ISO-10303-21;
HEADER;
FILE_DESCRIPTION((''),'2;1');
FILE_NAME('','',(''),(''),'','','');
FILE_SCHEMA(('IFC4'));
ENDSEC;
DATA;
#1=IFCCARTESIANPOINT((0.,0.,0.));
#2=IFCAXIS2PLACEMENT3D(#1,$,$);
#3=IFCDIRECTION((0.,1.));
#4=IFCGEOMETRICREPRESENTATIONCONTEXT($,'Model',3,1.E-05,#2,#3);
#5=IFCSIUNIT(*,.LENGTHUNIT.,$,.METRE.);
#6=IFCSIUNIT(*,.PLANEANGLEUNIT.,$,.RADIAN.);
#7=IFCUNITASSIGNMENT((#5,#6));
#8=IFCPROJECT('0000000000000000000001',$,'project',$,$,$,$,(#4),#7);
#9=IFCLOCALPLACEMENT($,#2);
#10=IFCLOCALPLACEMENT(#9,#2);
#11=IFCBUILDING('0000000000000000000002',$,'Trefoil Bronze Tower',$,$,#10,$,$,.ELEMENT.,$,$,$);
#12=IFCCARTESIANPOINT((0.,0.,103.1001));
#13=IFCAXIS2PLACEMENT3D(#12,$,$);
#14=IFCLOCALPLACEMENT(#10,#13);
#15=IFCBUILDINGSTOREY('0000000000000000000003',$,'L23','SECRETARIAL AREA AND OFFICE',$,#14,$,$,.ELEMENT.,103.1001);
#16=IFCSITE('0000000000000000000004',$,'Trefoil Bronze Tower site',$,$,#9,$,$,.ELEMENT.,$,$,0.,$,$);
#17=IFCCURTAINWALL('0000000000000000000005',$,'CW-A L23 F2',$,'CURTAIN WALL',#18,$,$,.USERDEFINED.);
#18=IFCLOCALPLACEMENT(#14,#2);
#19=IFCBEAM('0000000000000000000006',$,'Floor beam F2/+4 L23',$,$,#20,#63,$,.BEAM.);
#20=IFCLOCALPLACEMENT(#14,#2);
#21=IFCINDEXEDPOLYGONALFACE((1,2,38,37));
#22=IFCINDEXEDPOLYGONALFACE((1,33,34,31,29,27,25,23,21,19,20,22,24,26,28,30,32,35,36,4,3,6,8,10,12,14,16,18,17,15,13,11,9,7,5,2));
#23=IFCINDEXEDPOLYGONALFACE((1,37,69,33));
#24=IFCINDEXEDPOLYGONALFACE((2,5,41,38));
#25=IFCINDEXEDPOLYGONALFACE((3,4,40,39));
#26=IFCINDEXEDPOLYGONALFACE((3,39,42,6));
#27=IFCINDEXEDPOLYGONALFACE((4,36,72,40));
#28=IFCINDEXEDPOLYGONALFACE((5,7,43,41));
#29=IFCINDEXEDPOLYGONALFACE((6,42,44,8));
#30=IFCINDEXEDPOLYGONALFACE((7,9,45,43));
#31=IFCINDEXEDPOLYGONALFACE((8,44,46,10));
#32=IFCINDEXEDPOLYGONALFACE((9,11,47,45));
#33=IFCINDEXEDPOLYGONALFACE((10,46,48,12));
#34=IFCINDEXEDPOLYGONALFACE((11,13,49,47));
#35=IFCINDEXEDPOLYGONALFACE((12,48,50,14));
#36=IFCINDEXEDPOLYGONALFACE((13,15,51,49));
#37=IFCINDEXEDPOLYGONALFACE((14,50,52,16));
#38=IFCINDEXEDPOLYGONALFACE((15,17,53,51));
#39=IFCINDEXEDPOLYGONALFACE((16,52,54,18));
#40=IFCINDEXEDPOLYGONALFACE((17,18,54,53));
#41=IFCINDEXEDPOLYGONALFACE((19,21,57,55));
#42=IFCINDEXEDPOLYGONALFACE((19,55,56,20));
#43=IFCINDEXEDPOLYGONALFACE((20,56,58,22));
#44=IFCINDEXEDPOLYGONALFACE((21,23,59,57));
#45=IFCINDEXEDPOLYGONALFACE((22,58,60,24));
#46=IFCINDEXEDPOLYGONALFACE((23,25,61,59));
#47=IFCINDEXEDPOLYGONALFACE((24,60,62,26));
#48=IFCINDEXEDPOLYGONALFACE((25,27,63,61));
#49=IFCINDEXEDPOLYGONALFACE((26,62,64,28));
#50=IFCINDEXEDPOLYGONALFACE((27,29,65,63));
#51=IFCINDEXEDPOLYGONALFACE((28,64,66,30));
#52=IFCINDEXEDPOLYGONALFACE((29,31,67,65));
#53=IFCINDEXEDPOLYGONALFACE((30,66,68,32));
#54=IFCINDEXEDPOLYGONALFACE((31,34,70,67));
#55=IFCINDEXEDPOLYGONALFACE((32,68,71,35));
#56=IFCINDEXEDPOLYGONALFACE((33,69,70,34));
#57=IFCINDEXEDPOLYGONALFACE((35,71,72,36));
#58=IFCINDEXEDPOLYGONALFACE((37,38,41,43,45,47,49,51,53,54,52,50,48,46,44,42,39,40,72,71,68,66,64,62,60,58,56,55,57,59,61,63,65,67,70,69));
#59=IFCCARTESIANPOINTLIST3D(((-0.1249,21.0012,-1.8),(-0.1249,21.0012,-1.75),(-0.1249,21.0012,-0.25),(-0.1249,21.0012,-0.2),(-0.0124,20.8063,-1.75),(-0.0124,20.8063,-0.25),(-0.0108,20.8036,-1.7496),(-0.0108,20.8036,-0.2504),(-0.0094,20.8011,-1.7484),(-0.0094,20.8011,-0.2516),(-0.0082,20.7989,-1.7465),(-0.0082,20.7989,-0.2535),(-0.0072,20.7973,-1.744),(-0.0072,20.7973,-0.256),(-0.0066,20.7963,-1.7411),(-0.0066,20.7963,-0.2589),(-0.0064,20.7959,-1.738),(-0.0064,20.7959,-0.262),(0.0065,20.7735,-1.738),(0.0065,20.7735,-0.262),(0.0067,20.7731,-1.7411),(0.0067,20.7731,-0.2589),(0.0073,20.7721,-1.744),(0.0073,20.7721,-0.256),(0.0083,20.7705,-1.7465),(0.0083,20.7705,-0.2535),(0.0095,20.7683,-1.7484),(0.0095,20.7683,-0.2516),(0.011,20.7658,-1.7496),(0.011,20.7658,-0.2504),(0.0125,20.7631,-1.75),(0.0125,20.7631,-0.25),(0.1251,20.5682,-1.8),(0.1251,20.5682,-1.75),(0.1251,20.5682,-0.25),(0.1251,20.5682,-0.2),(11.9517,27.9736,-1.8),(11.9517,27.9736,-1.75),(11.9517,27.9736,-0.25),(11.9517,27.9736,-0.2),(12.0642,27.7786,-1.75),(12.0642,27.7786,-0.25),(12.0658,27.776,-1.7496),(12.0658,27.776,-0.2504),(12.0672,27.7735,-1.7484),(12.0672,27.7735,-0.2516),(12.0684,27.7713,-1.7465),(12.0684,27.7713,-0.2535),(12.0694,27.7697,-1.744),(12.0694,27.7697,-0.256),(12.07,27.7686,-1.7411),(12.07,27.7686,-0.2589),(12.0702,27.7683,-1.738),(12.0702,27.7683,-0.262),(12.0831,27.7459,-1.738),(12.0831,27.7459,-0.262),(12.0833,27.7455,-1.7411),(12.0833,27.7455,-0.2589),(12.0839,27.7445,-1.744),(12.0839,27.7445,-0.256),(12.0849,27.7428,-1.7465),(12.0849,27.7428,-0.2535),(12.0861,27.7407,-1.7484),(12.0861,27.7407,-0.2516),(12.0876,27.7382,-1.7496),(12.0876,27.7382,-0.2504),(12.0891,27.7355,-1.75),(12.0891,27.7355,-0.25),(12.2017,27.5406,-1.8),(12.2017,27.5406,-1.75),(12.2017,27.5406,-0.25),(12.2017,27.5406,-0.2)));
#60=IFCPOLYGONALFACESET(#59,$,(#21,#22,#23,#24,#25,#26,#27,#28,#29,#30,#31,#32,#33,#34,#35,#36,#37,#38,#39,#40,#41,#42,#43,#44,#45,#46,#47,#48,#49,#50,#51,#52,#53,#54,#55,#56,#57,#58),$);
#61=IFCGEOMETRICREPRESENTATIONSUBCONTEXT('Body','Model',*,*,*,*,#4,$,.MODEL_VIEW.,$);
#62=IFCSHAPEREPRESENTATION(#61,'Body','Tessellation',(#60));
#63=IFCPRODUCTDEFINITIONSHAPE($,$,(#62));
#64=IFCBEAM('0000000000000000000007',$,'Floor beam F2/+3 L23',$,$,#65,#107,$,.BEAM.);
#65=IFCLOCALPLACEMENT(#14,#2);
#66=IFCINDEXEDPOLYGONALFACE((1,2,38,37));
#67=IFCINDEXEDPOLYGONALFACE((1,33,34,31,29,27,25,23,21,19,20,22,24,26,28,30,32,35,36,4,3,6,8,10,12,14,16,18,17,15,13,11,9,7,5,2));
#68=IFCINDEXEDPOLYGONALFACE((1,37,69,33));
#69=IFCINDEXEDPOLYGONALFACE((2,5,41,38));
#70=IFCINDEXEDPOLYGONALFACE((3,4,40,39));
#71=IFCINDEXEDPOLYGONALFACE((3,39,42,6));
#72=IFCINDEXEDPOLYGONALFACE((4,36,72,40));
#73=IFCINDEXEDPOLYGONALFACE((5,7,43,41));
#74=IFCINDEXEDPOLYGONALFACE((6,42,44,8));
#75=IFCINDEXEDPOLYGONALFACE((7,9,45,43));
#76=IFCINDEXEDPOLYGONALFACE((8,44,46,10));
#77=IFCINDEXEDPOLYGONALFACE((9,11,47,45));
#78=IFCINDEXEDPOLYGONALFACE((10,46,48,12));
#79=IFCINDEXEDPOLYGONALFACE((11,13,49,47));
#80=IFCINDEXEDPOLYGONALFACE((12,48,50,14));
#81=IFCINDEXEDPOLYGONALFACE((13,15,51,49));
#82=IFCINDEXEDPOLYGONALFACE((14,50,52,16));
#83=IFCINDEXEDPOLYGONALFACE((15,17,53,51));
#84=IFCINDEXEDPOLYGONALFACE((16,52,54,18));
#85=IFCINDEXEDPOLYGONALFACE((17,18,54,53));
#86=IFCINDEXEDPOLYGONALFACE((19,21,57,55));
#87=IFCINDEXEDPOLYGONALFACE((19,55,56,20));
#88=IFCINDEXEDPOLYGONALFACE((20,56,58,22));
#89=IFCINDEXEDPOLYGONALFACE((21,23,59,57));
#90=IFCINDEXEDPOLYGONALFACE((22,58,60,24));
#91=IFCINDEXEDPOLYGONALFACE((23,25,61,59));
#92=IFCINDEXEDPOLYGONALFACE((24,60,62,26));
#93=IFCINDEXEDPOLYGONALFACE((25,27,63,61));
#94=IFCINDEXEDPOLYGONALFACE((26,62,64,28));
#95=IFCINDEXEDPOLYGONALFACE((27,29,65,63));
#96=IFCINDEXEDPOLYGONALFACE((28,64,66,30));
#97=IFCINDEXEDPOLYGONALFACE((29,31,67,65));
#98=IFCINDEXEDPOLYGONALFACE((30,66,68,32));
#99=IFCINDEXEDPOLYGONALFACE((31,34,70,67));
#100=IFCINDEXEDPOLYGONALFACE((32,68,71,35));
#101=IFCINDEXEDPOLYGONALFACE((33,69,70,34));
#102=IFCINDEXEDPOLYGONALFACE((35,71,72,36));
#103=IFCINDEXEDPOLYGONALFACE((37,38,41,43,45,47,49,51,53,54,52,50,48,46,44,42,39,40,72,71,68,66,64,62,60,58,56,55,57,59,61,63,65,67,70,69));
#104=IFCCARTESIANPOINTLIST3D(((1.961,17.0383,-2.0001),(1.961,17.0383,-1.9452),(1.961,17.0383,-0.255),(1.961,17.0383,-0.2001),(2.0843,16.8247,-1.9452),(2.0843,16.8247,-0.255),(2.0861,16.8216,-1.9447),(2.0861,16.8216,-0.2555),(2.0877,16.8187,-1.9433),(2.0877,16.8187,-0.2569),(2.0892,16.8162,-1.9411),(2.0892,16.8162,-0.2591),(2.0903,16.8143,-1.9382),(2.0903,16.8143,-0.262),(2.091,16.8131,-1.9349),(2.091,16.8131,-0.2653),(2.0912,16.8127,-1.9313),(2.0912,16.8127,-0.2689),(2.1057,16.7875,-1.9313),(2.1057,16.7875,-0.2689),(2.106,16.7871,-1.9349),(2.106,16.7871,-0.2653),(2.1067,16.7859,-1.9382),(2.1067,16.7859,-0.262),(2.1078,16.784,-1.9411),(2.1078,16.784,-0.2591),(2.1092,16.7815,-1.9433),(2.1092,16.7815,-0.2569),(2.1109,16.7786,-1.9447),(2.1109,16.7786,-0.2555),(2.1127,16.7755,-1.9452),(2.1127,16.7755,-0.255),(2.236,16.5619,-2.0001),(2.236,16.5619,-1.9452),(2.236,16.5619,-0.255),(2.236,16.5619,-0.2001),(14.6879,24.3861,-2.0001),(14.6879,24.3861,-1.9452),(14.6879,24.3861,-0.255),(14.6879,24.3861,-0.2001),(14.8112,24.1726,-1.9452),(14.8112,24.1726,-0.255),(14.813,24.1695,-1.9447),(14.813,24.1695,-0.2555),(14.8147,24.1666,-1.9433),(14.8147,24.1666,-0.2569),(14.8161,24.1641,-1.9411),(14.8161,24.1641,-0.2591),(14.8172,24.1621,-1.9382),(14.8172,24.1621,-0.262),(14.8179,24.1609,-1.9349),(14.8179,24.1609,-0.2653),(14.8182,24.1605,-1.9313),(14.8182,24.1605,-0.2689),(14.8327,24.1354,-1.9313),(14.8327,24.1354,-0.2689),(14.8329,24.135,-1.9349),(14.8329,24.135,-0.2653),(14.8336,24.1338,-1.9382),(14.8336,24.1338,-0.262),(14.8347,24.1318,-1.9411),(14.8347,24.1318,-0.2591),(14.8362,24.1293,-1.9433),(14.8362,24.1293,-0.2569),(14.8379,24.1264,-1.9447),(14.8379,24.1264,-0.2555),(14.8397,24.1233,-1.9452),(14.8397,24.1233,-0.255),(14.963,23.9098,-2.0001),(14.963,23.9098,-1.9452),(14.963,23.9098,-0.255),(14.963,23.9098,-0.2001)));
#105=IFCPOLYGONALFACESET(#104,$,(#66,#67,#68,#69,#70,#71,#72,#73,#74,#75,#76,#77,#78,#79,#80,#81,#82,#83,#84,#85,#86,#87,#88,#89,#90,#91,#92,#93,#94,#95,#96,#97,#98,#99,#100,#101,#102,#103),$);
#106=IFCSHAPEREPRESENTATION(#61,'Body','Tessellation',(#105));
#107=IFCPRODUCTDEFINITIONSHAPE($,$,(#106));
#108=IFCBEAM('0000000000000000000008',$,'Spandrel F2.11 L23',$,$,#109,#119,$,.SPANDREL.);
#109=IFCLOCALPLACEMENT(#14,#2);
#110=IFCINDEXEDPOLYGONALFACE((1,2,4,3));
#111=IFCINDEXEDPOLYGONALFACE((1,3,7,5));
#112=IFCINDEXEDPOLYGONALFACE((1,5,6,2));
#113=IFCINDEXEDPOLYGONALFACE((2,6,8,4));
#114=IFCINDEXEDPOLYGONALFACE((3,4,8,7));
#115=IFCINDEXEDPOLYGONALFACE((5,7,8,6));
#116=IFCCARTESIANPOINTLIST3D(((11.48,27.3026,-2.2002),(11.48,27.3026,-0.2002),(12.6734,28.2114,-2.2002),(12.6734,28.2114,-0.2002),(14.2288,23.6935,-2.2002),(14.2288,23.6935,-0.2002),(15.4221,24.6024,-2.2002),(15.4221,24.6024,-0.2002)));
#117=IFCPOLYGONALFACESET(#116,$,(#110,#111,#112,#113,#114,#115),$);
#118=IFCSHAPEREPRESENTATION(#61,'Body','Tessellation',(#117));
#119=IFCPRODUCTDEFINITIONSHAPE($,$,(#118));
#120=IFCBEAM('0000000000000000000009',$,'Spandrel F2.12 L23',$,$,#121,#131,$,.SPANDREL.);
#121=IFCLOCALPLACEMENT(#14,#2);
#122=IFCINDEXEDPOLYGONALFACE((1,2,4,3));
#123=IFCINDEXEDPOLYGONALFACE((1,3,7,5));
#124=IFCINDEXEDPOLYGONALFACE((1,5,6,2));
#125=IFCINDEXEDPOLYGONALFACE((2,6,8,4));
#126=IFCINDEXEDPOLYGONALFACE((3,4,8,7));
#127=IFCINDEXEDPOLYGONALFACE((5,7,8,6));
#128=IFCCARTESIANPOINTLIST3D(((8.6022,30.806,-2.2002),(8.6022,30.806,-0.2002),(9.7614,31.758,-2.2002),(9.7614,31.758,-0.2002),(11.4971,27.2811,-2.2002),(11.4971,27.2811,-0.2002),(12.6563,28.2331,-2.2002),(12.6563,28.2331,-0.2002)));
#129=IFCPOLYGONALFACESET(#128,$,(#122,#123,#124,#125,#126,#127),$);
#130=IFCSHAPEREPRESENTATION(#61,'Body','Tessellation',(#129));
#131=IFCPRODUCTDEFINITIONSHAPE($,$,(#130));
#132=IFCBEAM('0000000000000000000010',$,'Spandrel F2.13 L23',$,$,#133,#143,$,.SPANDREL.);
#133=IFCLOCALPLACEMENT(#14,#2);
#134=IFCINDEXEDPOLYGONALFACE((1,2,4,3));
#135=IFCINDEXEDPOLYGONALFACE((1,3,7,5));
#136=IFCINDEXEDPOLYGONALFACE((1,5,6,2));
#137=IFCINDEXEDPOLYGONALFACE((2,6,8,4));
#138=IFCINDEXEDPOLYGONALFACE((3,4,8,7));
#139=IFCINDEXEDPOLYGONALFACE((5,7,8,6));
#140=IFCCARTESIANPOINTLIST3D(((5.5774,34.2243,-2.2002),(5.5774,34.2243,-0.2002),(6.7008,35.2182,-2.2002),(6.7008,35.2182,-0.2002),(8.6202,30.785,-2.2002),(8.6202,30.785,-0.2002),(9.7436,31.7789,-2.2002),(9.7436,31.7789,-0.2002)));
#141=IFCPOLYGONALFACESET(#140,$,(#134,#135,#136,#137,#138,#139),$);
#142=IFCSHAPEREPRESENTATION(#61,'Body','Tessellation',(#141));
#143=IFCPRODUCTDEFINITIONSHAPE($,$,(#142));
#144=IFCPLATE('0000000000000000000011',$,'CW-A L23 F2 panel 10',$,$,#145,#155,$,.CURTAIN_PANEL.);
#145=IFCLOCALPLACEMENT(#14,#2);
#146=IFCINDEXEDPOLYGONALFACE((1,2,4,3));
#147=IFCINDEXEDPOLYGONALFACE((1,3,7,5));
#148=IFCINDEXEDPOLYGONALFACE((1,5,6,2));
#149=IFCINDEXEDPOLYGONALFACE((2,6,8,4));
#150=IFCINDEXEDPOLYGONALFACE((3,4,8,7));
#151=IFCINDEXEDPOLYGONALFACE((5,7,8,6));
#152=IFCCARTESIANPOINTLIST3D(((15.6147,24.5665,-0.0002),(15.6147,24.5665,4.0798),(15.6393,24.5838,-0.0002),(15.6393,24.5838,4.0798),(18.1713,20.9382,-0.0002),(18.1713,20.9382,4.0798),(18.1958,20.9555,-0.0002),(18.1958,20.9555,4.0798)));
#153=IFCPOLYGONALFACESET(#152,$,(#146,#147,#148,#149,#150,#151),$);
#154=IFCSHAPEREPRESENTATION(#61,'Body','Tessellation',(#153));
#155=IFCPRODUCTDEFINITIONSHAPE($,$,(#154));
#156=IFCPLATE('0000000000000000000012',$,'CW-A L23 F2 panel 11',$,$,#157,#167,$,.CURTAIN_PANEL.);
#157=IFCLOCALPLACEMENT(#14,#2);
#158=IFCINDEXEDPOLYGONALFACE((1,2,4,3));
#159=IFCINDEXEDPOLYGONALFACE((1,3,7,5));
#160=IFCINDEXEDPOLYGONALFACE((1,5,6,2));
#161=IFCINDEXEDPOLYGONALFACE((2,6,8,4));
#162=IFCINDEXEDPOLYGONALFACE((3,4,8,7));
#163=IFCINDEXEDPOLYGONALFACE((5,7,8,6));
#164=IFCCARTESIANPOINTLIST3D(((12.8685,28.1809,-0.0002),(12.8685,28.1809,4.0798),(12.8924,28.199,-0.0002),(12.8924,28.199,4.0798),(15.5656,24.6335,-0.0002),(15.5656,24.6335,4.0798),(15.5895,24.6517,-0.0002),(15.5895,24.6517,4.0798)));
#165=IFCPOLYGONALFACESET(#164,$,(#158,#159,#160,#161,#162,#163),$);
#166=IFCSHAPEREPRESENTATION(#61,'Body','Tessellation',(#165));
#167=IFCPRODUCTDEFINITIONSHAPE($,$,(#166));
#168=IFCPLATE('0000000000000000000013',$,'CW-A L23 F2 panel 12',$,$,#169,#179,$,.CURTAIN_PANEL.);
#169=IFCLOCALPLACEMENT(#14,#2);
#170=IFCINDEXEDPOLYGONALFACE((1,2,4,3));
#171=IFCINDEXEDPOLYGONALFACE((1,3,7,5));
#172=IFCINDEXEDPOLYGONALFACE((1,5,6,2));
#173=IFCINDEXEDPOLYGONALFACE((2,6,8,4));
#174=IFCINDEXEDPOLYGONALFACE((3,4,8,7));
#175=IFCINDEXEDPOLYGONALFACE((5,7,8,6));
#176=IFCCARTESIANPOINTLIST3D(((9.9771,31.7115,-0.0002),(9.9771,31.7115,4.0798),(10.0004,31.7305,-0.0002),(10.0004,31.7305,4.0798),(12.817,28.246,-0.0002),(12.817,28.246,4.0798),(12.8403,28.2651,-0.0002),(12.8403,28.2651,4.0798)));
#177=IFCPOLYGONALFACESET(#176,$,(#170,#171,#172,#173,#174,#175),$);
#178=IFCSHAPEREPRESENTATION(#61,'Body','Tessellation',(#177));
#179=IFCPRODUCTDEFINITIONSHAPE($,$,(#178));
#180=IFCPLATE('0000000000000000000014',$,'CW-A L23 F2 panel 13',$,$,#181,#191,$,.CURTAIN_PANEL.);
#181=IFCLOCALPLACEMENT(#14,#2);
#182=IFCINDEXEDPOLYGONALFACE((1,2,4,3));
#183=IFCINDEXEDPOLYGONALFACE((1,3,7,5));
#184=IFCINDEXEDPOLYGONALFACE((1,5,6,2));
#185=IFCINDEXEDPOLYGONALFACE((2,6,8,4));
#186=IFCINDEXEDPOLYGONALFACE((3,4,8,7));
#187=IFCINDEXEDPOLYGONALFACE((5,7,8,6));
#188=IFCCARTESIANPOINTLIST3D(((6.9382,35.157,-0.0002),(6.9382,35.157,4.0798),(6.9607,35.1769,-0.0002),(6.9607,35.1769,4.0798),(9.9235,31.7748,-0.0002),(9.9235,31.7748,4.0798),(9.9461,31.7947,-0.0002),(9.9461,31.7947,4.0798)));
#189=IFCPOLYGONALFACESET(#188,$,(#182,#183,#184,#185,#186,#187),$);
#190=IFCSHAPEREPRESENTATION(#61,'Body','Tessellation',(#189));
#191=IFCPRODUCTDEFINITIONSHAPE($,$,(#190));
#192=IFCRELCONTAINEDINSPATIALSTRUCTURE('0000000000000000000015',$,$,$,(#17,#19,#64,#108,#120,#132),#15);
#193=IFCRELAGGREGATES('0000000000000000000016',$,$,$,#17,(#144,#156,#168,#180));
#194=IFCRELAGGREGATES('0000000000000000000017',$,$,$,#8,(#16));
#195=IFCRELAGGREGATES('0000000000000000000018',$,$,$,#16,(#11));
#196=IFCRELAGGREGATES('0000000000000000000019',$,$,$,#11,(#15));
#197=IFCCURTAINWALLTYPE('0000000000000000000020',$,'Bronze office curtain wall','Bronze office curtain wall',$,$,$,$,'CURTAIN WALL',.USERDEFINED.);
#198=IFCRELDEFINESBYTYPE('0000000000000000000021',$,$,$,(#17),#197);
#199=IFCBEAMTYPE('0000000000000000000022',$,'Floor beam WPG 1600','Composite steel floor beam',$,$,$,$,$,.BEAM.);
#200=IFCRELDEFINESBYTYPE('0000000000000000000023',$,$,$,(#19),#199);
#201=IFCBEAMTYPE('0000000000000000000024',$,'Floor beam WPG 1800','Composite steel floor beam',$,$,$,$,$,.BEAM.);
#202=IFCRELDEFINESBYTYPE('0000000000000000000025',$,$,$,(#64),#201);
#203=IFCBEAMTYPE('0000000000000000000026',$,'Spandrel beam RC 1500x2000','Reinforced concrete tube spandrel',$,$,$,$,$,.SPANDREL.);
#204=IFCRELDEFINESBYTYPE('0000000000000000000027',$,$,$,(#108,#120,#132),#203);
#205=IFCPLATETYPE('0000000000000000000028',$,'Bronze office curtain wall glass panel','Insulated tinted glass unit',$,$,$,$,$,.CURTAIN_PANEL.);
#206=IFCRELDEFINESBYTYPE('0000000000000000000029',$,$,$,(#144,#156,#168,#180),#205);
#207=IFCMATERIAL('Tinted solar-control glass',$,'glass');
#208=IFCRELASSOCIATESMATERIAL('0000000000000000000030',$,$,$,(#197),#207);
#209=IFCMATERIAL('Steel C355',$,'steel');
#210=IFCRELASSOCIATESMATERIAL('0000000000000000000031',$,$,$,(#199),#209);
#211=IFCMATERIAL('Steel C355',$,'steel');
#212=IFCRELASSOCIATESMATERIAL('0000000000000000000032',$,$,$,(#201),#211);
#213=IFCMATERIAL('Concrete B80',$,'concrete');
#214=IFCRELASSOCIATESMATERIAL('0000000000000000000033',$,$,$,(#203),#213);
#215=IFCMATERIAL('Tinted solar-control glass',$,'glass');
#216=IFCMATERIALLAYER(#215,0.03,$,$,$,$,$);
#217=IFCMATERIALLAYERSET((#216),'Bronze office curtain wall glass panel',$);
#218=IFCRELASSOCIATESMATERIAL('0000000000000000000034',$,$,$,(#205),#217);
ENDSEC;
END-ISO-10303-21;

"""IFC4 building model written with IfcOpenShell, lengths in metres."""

from ifc_helpers import new_model, si_unit, direction, frame, origin, origin_2d, place, context, subcontext, project, spatial, rectangle, i_section, extrude, material, layer, layer_set, material_profile, profile_set, type_object, element, aggregate, save


model = new_model("IFC4")

# Units and contexts
model_context = context("Model", 3, precision=1e-05, world=origin(), true_north=direction((0.0, 1.0)))
body_context = subcontext(model_context, "Body", "Model", "MODEL_VIEW")
ifc_project = project(units=[si_unit("LENGTHUNIT", "METRE"), si_unit("PLANEANGLEUNIT", "RADIAN")], contexts=[model_context])

# Site, building, storey
site_placement = place(None, origin())
site = spatial("IfcSite", under=ifc_project, at=site_placement, Name="Trefoil Bronze Tower site", CompositionType="ELEMENT", RefElevation=0.0)
building_placement = place(site_placement, origin())
building = spatial("IfcBuilding", under=site, at=building_placement, Name="Trefoil Bronze Tower", CompositionType="ELEMENT")
storey_placement = place(building_placement, frame((0.0, 0.0, 103.1001)))
storey = spatial("IfcBuildingStorey", under=building, at=storey_placement, Name="L23", Description="SECRETARIAL AREA AND OFFICE", CompositionType="ELEMENT", Elevation=103.1001)

# Curtain wall
ifc_material_1 = material(Name="Tinted solar-control glass", Category="glass")
curtain_wall_type_1 = type_object("IfcCurtainWallType", Name="Bronze office curtain wall", Description="Bronze office curtain wall", ElementType="CURTAIN WALL", PredefinedType="USERDEFINED", material=ifc_material_1)
curtain_wall_1_placement = place(storey_placement, origin())
curtain_wall_1 = element("IfcCurtainWall", 1, at=curtain_wall_1_placement, inside=storey, type_object=curtain_wall_type_1, Name="CW-A L23 F2", ObjectType="CURTAIN WALL", PredefinedType="USERDEFINED")

# Beams
ifc_material_2 = material(Name="Steel C355", Category="steel")
ifc_material_profile_1 = material_profile(ifc_material_2, i_section(OverallWidth=0.5, OverallDepth=1.6001, WebThickness=0.0259, FlangeThickness=0.05, FilletRadius=0.012, at=origin_2d()), Name="WPG 1600")
ifc_profile_set_1 = profile_set([ifc_material_profile_1], Name="Steel C355")
beam_type_1 = type_object("IfcBeamType", Name="Floor beam WPG 1600", Description="Composite steel floor beam", PredefinedType="BEAM", material=ifc_profile_set_1)
beam_1_placement = place(storey_placement, frame((12.0767, 27.7571, -1.0), z_axis=(-0.866027, -0.499997, 0.0), x_axis=(0.499997, -0.866027, 0.0)))
element("IfcBeam", 2, at=beam_1_placement, inside=storey, type_object=beam_type_1, Name="Floor beam F2/+4 L23", PredefinedType="BEAM", context=body_context, shape_type="SweptSolid", body=[
    extrude(i_section(OverallWidth=0.5, OverallDepth=1.6001, WebThickness=0.0259, FlangeThickness=0.05, FilletRadius=0.012, at=origin_2d()), origin(), (0.0, 0.0, 1.0), 13.9448),
])
ifc_material_3 = material(Name="Steel C355", Category="steel")
ifc_material_profile_2 = material_profile(ifc_material_3, i_section(OverallWidth=0.55, OverallDepth=1.8, WebThickness=0.0291, FlangeThickness=0.0549, FilletRadius=0.0139, at=origin_2d()), Name="WPG 1800")
ifc_profile_set_2 = profile_set([ifc_material_profile_2], Name="Steel C355")
beam_type_2 = type_object("IfcBeamType", Name="Floor beam WPG 1800", Description="Composite steel floor beam", PredefinedType="BEAM", material=ifc_profile_set_2)
beam_2_placement = place(storey_placement, frame((14.8254, 24.1479, -1.1001), z_axis=(-0.866027, -0.499997, 0.0), x_axis=(0.499997, -0.866027, 0.0)))
element("IfcBeam", 3, at=beam_2_placement, inside=storey, type_object=beam_type_2, Name="Floor beam F2/+3 L23", PredefinedType="BEAM", context=body_context, shape_type="SweptSolid", body=[
    extrude(i_section(OverallWidth=0.55, OverallDepth=1.8, WebThickness=0.0291, FlangeThickness=0.0549, FilletRadius=0.0139, at=origin_2d()), origin(), (0.0, 0.0, 1.0), 14.6958),
])
ifc_material_4 = material(Name="Concrete B80", Category="concrete")
ifc_material_profile_3 = material_profile(ifc_material_4, rectangle(XDim=1.5, YDim=2.0, at=origin_2d()), Name="RC 1500x2000")
ifc_profile_set_3 = profile_set([ifc_material_profile_3], Name="Concrete B80")
beam_type_3 = type_object("IfcBeamType", Name="Spandrel beam RC 1500x2000", Description="Reinforced concrete tube spandrel", PredefinedType="SPANDREL", material=ifc_profile_set_3)
beam_3_placement = place(storey_placement, frame((14.8254, 24.1479, -1.2002), z_axis=(-0.605899, 0.795542, 0.0), x_axis=(-0.795542, -0.605899, 0.0)))
element("IfcBeam", 4, at=beam_3_placement, inside=storey, type_object=beam_type_3, Name="Spandrel F2.11 L23", PredefinedType="SPANDREL", context=body_context, shape_type="SweptSolid", body=[
    extrude(rectangle(XDim=1.5, YDim=2.0, at=origin_2d()), origin(), (0.0, 0.0, 1.0), 4.5366),
])
beam_4_placement = place(storey_placement, frame((12.0767, 27.7571, -1.2002), z_axis=(-0.63465, 0.772799, 0.0), x_axis=(-0.772799, -0.63465, 0.0)))
element("IfcBeam", 5, at=beam_4_placement, inside=storey, type_object=beam_type_3, Name="Spandrel F2.12 L23", PredefinedType="SPANDREL", context=body_context, shape_type="SweptSolid", body=[
    extrude(rectangle(XDim=1.5, YDim=2.0, at=origin_2d()), origin(), (0.0, 0.0, 1.0), 4.5613),
])
beam_5_placement = place(storey_placement, frame((9.1819, 31.282, -1.2002), z_axis=(-0.662616, 0.748959, 0.0), x_axis=(-0.748959, -0.662616, 0.0)))
element("IfcBeam", 6, at=beam_5_placement, inside=storey, type_object=beam_type_3, Name="Spandrel F2.13 L23", PredefinedType="SPANDREL", context=body_context, shape_type="SweptSolid", body=[
    extrude(rectangle(XDim=1.5, YDim=2.0, at=origin_2d()), origin(), (0.0, 0.0, 1.0), 4.592),
])

# Plates
ifc_material_5 = material(Name="Tinted solar-control glass", Category="glass")
ifc_layer_1 = layer(ifc_material_5, 0.03)
ifc_layer_set_1 = layer_set([ifc_layer_1], Name="Bronze office curtain wall glass panel")
plate_type_1 = type_object("IfcPlateType", Name="Bronze office curtain wall glass panel", Description="Insulated tinted glass unit", PredefinedType="CURTAIN_PANEL", material=ifc_layer_set_1)
plate_1_placement = place(storey_placement, frame((16.9053, 22.761, -0.0002), z_axis=(0.0, 0.0, 1.0), x_axis=(-0.575999, 0.81745, 0.0)))
plate_1 = element("IfcPlate", 7, at=plate_1_placement, type_object=plate_type_1, Name="CW-A L23 F2 panel 10", PredefinedType="CURTAIN_PANEL", context=body_context, shape_type="SweptSolid", body=[
    extrude(rectangle(XDim=4.4385, YDim=0.03, at=origin_2d()), origin(), (0.0, 0.0, 1.0), 4.0801),
])
plate_2_placement = place(storey_placement, frame((14.229, 26.4163, -0.0002), z_axis=(0.0, 0.0, 1.0), x_axis=(-0.605252, 0.796034, 0.0)))
plate_2 = element("IfcPlate", 8, at=plate_2_placement, type_object=plate_type_1, Name="CW-A L23 F2 panel 11", PredefinedType="CURTAIN_PANEL", context=body_context, shape_type="SweptSolid", body=[
    extrude(rectangle(XDim=4.4563, YDim=0.03, at=origin_2d()), origin(), (0.0, 0.0, 1.0), 4.0801),
])
plate_3_placement = place(storey_placement, frame((11.4087, 29.9883, -0.0002), z_axis=(0.0, 0.0, 1.0), x_axis=(-0.63384, 0.773464, 0.0)))
plate_3 = element("IfcPlate", 9, at=plate_3_placement, type_object=plate_type_1, Name="CW-A L23 F2 panel 12", PredefinedType="CURTAIN_PANEL", context=body_context, shape_type="SweptSolid", body=[
    extrude(rectangle(XDim=4.4805, YDim=0.03, at=origin_2d()), origin(), (0.0, 0.0, 1.0), 4.0801),
])
plate_4_placement = place(storey_placement, frame((8.4421, 33.4758, -0.0002), z_axis=(0.0, 0.0, 1.0), x_axis=(-0.661751, 0.749723, 0.0)))
plate_4 = element("IfcPlate", 10, at=plate_4_placement, type_object=plate_type_1, Name="CW-A L23 F2 panel 13", PredefinedType="CURTAIN_PANEL", context=body_context, shape_type="SweptSolid", body=[
    extrude(rectangle(XDim=4.5112, YDim=0.03, at=origin_2d()), origin(), (0.0, 0.0, 1.0), 4.0801),
])
aggregate(curtain_wall_1, [plate_1, plate_2, plate_3, plate_4])

save(model, "model.ifc")
